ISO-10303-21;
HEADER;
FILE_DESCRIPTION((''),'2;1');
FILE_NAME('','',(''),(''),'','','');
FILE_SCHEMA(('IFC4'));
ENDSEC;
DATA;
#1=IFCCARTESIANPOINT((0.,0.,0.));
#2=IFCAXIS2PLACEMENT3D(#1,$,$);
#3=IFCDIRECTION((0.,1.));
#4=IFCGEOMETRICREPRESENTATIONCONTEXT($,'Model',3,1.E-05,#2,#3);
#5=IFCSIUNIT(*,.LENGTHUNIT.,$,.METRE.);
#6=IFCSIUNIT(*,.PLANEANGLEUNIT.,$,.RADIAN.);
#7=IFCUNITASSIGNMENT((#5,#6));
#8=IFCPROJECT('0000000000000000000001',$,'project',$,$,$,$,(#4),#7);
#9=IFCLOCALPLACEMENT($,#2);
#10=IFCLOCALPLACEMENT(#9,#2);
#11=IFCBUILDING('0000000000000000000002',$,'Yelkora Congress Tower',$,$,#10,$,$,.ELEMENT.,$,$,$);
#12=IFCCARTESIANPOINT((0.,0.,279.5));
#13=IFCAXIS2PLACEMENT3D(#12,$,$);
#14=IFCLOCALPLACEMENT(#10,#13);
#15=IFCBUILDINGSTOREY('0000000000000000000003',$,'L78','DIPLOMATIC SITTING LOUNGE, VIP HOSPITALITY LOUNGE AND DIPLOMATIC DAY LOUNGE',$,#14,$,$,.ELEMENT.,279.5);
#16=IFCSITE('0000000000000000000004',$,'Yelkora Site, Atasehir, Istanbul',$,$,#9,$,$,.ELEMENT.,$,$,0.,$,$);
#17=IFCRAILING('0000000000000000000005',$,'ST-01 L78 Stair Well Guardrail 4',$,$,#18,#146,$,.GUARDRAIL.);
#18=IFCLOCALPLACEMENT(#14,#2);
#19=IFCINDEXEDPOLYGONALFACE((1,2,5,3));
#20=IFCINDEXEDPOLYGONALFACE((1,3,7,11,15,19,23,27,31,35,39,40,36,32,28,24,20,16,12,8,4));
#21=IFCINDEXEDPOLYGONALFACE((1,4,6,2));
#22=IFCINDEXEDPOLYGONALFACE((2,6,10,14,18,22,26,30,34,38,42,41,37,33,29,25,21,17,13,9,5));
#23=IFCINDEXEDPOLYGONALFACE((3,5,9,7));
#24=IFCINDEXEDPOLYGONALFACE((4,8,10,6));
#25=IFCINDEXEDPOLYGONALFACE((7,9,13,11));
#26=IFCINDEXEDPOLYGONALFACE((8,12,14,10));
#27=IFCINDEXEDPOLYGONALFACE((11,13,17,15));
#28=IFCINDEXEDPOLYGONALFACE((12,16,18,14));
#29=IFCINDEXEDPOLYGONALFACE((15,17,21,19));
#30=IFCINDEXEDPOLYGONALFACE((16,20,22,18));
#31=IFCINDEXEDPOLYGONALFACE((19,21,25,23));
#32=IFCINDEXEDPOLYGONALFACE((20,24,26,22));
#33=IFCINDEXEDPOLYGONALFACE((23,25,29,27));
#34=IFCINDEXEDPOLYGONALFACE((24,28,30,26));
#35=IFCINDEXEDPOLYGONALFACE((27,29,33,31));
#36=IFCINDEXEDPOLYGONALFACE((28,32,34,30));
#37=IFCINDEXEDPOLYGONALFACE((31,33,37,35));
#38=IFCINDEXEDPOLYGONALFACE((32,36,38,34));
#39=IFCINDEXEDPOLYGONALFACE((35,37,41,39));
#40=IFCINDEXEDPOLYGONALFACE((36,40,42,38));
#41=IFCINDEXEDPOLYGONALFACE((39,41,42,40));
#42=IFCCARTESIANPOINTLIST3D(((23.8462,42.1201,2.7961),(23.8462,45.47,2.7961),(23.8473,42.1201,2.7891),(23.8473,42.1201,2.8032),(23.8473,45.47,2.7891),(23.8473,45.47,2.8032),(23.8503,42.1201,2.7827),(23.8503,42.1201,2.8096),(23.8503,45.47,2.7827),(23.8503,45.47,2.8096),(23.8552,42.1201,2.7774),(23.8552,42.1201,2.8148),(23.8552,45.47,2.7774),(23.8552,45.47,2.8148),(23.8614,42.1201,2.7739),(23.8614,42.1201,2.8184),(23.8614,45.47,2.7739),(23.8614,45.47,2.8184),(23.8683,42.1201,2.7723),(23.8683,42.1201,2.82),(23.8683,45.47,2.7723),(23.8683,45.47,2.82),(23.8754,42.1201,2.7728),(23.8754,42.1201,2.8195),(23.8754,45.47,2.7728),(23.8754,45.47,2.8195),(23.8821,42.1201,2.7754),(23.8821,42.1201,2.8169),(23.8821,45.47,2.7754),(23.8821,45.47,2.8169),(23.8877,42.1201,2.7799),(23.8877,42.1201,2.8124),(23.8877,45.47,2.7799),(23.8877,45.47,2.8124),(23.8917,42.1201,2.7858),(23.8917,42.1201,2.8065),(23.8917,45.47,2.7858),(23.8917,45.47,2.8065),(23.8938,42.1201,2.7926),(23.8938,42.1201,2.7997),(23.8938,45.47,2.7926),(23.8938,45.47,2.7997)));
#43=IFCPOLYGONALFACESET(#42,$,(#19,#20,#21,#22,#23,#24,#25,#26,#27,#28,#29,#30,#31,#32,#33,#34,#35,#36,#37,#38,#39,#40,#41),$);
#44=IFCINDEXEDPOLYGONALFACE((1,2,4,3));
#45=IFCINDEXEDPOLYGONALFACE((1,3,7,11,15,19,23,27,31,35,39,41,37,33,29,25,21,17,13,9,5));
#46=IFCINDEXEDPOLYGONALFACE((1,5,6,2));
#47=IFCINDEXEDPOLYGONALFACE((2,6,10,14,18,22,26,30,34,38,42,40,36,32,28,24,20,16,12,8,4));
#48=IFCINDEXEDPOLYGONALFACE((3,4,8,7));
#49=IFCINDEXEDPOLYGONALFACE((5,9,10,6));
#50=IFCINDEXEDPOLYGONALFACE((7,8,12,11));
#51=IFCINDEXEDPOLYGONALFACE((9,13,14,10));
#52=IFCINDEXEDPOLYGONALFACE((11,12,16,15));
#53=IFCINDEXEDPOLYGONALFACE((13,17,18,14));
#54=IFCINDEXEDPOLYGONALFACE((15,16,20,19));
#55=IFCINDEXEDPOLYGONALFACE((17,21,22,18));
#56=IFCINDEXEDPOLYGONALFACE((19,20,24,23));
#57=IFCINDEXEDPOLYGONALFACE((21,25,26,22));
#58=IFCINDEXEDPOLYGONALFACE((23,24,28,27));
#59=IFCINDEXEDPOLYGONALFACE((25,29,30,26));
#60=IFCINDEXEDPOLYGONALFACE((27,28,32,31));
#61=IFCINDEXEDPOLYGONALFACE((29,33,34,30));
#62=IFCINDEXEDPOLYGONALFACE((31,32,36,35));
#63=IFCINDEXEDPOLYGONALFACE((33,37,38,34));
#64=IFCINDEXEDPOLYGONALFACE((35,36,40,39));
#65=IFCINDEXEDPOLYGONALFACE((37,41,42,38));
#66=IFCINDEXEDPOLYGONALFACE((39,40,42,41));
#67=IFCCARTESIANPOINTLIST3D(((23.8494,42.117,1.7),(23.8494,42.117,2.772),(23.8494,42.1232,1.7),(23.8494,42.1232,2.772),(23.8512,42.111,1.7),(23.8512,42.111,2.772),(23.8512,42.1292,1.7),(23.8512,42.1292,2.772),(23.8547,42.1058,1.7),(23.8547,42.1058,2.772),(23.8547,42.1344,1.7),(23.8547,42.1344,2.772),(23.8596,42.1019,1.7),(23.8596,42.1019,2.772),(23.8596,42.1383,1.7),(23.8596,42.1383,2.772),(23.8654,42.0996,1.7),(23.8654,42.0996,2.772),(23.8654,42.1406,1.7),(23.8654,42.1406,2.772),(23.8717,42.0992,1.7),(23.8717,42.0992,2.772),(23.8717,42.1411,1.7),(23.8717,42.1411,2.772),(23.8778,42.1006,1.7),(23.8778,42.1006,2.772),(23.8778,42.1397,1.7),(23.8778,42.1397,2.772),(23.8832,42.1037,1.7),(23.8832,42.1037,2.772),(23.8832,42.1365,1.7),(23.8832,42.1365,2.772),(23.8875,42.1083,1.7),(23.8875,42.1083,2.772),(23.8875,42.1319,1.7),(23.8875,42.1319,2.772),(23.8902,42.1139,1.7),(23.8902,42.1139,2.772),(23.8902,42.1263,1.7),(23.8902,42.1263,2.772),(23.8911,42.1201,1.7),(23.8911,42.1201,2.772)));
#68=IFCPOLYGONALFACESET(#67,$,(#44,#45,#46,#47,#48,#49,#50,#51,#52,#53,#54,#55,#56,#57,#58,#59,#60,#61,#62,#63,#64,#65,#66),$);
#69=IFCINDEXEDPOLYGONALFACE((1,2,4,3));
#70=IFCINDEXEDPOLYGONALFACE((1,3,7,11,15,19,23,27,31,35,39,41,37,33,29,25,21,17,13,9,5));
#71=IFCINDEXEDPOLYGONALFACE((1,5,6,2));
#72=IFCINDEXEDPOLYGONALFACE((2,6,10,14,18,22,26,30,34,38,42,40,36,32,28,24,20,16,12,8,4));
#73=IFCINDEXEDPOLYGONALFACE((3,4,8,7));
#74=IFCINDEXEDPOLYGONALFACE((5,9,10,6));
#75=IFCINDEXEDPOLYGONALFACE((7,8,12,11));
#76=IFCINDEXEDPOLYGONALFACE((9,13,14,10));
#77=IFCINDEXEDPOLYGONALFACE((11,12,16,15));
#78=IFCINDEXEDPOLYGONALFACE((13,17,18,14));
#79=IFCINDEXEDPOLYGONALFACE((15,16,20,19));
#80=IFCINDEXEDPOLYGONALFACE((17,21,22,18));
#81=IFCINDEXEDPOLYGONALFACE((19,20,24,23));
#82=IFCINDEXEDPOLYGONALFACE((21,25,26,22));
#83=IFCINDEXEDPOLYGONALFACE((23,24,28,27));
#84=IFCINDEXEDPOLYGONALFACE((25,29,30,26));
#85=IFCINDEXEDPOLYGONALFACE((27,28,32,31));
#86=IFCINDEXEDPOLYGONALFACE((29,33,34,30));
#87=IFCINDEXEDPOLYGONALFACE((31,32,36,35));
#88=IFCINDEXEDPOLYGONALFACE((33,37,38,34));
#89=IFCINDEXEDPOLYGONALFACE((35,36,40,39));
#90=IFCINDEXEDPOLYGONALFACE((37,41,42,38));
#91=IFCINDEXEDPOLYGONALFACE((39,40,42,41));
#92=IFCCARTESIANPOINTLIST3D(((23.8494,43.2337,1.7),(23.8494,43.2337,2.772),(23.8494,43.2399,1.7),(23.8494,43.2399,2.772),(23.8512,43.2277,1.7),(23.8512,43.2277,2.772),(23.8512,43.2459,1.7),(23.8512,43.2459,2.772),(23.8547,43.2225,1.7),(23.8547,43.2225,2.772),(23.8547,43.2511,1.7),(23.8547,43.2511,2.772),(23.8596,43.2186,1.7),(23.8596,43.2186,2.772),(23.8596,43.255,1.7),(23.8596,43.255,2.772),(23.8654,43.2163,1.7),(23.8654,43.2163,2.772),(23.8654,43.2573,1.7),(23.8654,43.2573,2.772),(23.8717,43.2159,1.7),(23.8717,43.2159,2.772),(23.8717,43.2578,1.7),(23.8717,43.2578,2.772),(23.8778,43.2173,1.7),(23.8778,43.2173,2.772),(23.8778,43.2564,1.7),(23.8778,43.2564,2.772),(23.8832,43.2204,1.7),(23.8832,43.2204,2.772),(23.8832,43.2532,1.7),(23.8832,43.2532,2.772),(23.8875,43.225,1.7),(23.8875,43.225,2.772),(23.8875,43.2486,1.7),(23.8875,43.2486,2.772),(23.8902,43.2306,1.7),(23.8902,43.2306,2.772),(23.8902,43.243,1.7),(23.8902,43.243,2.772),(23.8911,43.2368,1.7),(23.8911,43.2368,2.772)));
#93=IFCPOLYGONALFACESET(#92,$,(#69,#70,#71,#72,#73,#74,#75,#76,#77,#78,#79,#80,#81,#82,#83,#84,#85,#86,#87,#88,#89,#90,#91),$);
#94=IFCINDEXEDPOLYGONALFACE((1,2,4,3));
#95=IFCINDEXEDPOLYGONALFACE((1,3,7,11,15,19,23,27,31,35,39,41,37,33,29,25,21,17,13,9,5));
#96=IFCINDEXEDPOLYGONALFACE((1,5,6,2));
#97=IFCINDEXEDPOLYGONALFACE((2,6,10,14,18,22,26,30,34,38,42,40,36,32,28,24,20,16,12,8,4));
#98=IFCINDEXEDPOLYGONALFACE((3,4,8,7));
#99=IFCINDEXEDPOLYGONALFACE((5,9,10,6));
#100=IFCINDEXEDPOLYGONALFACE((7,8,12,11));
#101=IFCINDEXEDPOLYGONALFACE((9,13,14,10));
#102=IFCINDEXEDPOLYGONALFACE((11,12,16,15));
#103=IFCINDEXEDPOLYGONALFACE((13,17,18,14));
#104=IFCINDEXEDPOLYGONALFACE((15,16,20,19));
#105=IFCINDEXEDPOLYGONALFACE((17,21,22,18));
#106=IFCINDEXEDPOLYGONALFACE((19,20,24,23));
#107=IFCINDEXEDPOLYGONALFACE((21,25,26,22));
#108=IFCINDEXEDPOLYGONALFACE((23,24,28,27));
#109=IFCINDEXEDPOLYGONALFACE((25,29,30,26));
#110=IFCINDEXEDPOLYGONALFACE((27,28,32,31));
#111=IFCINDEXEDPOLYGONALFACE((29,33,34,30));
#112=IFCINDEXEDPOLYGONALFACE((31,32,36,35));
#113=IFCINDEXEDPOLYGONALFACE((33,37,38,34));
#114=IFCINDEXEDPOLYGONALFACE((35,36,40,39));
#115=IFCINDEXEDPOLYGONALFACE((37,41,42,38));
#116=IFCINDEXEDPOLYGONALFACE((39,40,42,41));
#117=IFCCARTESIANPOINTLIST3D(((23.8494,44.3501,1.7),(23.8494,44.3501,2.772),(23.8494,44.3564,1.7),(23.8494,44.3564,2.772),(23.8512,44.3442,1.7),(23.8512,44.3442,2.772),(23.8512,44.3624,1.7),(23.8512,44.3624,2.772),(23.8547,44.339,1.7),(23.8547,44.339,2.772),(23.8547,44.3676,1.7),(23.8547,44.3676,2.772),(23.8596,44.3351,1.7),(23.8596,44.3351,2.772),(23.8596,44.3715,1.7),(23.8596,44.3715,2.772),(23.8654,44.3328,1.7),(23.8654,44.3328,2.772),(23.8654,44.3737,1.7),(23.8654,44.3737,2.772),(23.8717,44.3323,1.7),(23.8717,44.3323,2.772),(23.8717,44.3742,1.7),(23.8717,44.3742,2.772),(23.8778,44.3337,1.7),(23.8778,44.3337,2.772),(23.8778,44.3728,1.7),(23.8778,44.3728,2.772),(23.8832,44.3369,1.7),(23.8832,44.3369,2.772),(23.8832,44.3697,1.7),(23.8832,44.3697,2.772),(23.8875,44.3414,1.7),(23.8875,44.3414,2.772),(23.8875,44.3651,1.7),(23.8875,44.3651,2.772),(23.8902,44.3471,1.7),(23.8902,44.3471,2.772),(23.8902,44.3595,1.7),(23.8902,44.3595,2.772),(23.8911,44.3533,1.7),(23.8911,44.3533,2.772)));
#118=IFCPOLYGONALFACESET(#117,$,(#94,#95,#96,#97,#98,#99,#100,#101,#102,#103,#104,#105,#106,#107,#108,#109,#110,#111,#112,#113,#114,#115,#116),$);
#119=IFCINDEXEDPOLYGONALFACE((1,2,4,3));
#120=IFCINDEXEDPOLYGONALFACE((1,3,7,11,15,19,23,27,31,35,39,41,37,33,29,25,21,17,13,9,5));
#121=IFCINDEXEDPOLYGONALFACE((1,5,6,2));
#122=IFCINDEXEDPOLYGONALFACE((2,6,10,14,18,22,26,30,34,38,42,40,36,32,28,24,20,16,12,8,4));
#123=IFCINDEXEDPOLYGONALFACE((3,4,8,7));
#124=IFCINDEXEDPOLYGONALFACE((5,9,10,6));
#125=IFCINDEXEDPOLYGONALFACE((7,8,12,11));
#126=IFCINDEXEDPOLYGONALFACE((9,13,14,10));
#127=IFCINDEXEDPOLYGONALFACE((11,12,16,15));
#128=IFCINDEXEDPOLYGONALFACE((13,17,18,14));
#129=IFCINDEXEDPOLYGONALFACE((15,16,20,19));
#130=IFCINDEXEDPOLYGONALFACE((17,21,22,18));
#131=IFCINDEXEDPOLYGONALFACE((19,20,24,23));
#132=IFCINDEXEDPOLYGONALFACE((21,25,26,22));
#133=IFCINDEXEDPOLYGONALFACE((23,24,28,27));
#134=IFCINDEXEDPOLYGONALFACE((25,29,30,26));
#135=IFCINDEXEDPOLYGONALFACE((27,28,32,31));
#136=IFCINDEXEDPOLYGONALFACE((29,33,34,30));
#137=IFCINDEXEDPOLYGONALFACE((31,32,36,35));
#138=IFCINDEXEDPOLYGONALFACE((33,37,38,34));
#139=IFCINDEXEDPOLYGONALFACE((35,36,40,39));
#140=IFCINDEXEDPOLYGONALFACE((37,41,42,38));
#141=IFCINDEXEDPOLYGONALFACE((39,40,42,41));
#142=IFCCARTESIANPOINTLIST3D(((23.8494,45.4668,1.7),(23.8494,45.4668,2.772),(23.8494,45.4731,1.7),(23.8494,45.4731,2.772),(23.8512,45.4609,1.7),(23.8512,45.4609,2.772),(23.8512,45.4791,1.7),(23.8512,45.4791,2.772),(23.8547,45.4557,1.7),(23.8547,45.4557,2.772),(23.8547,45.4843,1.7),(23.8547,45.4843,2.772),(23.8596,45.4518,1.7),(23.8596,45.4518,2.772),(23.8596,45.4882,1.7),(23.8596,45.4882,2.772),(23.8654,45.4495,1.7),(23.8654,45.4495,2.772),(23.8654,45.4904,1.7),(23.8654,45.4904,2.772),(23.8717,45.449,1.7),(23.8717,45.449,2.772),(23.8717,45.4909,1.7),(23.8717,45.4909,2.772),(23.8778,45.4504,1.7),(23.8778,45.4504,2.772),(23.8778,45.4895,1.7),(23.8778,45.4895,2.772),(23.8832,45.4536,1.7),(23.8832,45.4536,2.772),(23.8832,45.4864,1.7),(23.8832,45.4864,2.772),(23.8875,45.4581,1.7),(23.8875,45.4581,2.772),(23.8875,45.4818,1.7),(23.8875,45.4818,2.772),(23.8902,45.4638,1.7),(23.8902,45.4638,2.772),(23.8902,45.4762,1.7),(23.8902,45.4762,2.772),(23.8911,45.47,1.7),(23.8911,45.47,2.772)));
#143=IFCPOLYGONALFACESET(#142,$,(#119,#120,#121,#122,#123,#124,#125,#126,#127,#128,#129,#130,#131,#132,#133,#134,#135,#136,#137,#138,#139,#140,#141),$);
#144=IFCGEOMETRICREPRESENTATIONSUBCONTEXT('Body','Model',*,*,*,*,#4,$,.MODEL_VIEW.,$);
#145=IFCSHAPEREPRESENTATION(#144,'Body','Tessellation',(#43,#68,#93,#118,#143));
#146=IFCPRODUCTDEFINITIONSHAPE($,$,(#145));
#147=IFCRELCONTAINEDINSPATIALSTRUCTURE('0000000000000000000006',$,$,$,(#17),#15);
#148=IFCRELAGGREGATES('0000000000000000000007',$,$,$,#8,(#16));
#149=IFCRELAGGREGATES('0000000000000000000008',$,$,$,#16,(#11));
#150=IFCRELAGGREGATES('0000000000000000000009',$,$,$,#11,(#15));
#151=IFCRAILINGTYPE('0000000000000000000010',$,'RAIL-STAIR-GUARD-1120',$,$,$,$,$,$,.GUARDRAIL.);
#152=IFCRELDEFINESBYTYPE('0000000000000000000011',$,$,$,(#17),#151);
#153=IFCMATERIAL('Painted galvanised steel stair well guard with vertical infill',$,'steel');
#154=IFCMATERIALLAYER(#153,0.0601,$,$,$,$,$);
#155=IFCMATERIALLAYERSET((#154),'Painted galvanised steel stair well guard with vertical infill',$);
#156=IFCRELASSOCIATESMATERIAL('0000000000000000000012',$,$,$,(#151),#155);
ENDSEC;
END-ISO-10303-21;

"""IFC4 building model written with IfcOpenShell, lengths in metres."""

from ifc_helpers import new_model, si_unit, direction, frame, origin, origin_2d, place, context, subcontext, project, spatial, circle, extrude, material, layer, layer_set, type_object, element, save


model = new_model("IFC4")

# Units and contexts
model_context = context("Model", 3, precision=1e-05, world=origin(), true_north=direction((0.0, 1.0)))
body_context = subcontext(model_context, "Body", "Model", "MODEL_VIEW")
ifc_project = project(units=[si_unit("LENGTHUNIT", "METRE"), si_unit("PLANEANGLEUNIT", "RADIAN")], contexts=[model_context])

# Site, building, storey
site_placement = place(None, origin())
site = spatial("IfcSite", under=ifc_project, at=site_placement, Name="Yelkora Site, Atasehir, Istanbul", CompositionType="ELEMENT", RefElevation=0.0)
building_placement = place(site_placement, origin())
building = spatial("IfcBuilding", under=site, at=building_placement, Name="Yelkora Congress Tower", CompositionType="ELEMENT")
storey_placement = place(building_placement, frame((0.0, 0.0, 279.5)))
storey = spatial("IfcBuildingStorey", under=building, at=storey_placement, Name="L78", Description="DIPLOMATIC SITTING LOUNGE, VIP HOSPITALITY LOUNGE AND DIPLOMATIC DAY LOUNGE", CompositionType="ELEMENT", Elevation=279.5)

# Railing
ifc_material_1 = material(Name="Painted galvanised steel stair well guard with vertical infill", Category="steel")
ifc_layer_1 = layer(ifc_material_1, 0.0601)
ifc_layer_set_1 = layer_set([ifc_layer_1], Name="Painted galvanised steel stair well guard with vertical infill")
railing_type_1 = type_object("IfcRailingType", Name="RAIL-STAIR-GUARD-1120", PredefinedType="GUARDRAIL", material=ifc_layer_set_1)
for number, where, name in (
    (1, (23.8701, 42.1201, 1.7), "ST-01 L78 Stair Well Guardrail 4"),
):
    element("IfcRailing", number, at=place(storey_placement, frame(where)), inside=storey, type_object=railing_type_1, Name=name, PredefinedType="GUARDRAIL", context=body_context, shape_type="SweptSolid", body=[
        extrude(circle(Radius=0.0239, at=origin_2d()), frame((0.0, 0.0, 1.0962), z_axis=(0.0, 1.0, 0.0), x_axis=(-1.0, 0.0, 0.0)), (0.0, 0.0, 1.0), 3.3499),
        extrude(circle(Radius=0.021, at=origin_2d()), origin(), (0.0, 0.0, 1.0), 1.072),
        extrude(circle(Radius=0.021, at=origin_2d()), frame((0.0, 1.1167, 0.0)), (0.0, 0.0, 1.0), 1.072),
        extrude(circle(Radius=0.021, at=origin_2d()), frame((0.0, 2.2332, 0.0)), (0.0, 0.0, 1.0), 1.072),
        extrude(circle(Radius=0.021, at=origin_2d()), frame((0.0, 3.3499, 0.0)), (0.0, 0.0, 1.0), 1.072),
    ])

save(model, "model.ifc")
